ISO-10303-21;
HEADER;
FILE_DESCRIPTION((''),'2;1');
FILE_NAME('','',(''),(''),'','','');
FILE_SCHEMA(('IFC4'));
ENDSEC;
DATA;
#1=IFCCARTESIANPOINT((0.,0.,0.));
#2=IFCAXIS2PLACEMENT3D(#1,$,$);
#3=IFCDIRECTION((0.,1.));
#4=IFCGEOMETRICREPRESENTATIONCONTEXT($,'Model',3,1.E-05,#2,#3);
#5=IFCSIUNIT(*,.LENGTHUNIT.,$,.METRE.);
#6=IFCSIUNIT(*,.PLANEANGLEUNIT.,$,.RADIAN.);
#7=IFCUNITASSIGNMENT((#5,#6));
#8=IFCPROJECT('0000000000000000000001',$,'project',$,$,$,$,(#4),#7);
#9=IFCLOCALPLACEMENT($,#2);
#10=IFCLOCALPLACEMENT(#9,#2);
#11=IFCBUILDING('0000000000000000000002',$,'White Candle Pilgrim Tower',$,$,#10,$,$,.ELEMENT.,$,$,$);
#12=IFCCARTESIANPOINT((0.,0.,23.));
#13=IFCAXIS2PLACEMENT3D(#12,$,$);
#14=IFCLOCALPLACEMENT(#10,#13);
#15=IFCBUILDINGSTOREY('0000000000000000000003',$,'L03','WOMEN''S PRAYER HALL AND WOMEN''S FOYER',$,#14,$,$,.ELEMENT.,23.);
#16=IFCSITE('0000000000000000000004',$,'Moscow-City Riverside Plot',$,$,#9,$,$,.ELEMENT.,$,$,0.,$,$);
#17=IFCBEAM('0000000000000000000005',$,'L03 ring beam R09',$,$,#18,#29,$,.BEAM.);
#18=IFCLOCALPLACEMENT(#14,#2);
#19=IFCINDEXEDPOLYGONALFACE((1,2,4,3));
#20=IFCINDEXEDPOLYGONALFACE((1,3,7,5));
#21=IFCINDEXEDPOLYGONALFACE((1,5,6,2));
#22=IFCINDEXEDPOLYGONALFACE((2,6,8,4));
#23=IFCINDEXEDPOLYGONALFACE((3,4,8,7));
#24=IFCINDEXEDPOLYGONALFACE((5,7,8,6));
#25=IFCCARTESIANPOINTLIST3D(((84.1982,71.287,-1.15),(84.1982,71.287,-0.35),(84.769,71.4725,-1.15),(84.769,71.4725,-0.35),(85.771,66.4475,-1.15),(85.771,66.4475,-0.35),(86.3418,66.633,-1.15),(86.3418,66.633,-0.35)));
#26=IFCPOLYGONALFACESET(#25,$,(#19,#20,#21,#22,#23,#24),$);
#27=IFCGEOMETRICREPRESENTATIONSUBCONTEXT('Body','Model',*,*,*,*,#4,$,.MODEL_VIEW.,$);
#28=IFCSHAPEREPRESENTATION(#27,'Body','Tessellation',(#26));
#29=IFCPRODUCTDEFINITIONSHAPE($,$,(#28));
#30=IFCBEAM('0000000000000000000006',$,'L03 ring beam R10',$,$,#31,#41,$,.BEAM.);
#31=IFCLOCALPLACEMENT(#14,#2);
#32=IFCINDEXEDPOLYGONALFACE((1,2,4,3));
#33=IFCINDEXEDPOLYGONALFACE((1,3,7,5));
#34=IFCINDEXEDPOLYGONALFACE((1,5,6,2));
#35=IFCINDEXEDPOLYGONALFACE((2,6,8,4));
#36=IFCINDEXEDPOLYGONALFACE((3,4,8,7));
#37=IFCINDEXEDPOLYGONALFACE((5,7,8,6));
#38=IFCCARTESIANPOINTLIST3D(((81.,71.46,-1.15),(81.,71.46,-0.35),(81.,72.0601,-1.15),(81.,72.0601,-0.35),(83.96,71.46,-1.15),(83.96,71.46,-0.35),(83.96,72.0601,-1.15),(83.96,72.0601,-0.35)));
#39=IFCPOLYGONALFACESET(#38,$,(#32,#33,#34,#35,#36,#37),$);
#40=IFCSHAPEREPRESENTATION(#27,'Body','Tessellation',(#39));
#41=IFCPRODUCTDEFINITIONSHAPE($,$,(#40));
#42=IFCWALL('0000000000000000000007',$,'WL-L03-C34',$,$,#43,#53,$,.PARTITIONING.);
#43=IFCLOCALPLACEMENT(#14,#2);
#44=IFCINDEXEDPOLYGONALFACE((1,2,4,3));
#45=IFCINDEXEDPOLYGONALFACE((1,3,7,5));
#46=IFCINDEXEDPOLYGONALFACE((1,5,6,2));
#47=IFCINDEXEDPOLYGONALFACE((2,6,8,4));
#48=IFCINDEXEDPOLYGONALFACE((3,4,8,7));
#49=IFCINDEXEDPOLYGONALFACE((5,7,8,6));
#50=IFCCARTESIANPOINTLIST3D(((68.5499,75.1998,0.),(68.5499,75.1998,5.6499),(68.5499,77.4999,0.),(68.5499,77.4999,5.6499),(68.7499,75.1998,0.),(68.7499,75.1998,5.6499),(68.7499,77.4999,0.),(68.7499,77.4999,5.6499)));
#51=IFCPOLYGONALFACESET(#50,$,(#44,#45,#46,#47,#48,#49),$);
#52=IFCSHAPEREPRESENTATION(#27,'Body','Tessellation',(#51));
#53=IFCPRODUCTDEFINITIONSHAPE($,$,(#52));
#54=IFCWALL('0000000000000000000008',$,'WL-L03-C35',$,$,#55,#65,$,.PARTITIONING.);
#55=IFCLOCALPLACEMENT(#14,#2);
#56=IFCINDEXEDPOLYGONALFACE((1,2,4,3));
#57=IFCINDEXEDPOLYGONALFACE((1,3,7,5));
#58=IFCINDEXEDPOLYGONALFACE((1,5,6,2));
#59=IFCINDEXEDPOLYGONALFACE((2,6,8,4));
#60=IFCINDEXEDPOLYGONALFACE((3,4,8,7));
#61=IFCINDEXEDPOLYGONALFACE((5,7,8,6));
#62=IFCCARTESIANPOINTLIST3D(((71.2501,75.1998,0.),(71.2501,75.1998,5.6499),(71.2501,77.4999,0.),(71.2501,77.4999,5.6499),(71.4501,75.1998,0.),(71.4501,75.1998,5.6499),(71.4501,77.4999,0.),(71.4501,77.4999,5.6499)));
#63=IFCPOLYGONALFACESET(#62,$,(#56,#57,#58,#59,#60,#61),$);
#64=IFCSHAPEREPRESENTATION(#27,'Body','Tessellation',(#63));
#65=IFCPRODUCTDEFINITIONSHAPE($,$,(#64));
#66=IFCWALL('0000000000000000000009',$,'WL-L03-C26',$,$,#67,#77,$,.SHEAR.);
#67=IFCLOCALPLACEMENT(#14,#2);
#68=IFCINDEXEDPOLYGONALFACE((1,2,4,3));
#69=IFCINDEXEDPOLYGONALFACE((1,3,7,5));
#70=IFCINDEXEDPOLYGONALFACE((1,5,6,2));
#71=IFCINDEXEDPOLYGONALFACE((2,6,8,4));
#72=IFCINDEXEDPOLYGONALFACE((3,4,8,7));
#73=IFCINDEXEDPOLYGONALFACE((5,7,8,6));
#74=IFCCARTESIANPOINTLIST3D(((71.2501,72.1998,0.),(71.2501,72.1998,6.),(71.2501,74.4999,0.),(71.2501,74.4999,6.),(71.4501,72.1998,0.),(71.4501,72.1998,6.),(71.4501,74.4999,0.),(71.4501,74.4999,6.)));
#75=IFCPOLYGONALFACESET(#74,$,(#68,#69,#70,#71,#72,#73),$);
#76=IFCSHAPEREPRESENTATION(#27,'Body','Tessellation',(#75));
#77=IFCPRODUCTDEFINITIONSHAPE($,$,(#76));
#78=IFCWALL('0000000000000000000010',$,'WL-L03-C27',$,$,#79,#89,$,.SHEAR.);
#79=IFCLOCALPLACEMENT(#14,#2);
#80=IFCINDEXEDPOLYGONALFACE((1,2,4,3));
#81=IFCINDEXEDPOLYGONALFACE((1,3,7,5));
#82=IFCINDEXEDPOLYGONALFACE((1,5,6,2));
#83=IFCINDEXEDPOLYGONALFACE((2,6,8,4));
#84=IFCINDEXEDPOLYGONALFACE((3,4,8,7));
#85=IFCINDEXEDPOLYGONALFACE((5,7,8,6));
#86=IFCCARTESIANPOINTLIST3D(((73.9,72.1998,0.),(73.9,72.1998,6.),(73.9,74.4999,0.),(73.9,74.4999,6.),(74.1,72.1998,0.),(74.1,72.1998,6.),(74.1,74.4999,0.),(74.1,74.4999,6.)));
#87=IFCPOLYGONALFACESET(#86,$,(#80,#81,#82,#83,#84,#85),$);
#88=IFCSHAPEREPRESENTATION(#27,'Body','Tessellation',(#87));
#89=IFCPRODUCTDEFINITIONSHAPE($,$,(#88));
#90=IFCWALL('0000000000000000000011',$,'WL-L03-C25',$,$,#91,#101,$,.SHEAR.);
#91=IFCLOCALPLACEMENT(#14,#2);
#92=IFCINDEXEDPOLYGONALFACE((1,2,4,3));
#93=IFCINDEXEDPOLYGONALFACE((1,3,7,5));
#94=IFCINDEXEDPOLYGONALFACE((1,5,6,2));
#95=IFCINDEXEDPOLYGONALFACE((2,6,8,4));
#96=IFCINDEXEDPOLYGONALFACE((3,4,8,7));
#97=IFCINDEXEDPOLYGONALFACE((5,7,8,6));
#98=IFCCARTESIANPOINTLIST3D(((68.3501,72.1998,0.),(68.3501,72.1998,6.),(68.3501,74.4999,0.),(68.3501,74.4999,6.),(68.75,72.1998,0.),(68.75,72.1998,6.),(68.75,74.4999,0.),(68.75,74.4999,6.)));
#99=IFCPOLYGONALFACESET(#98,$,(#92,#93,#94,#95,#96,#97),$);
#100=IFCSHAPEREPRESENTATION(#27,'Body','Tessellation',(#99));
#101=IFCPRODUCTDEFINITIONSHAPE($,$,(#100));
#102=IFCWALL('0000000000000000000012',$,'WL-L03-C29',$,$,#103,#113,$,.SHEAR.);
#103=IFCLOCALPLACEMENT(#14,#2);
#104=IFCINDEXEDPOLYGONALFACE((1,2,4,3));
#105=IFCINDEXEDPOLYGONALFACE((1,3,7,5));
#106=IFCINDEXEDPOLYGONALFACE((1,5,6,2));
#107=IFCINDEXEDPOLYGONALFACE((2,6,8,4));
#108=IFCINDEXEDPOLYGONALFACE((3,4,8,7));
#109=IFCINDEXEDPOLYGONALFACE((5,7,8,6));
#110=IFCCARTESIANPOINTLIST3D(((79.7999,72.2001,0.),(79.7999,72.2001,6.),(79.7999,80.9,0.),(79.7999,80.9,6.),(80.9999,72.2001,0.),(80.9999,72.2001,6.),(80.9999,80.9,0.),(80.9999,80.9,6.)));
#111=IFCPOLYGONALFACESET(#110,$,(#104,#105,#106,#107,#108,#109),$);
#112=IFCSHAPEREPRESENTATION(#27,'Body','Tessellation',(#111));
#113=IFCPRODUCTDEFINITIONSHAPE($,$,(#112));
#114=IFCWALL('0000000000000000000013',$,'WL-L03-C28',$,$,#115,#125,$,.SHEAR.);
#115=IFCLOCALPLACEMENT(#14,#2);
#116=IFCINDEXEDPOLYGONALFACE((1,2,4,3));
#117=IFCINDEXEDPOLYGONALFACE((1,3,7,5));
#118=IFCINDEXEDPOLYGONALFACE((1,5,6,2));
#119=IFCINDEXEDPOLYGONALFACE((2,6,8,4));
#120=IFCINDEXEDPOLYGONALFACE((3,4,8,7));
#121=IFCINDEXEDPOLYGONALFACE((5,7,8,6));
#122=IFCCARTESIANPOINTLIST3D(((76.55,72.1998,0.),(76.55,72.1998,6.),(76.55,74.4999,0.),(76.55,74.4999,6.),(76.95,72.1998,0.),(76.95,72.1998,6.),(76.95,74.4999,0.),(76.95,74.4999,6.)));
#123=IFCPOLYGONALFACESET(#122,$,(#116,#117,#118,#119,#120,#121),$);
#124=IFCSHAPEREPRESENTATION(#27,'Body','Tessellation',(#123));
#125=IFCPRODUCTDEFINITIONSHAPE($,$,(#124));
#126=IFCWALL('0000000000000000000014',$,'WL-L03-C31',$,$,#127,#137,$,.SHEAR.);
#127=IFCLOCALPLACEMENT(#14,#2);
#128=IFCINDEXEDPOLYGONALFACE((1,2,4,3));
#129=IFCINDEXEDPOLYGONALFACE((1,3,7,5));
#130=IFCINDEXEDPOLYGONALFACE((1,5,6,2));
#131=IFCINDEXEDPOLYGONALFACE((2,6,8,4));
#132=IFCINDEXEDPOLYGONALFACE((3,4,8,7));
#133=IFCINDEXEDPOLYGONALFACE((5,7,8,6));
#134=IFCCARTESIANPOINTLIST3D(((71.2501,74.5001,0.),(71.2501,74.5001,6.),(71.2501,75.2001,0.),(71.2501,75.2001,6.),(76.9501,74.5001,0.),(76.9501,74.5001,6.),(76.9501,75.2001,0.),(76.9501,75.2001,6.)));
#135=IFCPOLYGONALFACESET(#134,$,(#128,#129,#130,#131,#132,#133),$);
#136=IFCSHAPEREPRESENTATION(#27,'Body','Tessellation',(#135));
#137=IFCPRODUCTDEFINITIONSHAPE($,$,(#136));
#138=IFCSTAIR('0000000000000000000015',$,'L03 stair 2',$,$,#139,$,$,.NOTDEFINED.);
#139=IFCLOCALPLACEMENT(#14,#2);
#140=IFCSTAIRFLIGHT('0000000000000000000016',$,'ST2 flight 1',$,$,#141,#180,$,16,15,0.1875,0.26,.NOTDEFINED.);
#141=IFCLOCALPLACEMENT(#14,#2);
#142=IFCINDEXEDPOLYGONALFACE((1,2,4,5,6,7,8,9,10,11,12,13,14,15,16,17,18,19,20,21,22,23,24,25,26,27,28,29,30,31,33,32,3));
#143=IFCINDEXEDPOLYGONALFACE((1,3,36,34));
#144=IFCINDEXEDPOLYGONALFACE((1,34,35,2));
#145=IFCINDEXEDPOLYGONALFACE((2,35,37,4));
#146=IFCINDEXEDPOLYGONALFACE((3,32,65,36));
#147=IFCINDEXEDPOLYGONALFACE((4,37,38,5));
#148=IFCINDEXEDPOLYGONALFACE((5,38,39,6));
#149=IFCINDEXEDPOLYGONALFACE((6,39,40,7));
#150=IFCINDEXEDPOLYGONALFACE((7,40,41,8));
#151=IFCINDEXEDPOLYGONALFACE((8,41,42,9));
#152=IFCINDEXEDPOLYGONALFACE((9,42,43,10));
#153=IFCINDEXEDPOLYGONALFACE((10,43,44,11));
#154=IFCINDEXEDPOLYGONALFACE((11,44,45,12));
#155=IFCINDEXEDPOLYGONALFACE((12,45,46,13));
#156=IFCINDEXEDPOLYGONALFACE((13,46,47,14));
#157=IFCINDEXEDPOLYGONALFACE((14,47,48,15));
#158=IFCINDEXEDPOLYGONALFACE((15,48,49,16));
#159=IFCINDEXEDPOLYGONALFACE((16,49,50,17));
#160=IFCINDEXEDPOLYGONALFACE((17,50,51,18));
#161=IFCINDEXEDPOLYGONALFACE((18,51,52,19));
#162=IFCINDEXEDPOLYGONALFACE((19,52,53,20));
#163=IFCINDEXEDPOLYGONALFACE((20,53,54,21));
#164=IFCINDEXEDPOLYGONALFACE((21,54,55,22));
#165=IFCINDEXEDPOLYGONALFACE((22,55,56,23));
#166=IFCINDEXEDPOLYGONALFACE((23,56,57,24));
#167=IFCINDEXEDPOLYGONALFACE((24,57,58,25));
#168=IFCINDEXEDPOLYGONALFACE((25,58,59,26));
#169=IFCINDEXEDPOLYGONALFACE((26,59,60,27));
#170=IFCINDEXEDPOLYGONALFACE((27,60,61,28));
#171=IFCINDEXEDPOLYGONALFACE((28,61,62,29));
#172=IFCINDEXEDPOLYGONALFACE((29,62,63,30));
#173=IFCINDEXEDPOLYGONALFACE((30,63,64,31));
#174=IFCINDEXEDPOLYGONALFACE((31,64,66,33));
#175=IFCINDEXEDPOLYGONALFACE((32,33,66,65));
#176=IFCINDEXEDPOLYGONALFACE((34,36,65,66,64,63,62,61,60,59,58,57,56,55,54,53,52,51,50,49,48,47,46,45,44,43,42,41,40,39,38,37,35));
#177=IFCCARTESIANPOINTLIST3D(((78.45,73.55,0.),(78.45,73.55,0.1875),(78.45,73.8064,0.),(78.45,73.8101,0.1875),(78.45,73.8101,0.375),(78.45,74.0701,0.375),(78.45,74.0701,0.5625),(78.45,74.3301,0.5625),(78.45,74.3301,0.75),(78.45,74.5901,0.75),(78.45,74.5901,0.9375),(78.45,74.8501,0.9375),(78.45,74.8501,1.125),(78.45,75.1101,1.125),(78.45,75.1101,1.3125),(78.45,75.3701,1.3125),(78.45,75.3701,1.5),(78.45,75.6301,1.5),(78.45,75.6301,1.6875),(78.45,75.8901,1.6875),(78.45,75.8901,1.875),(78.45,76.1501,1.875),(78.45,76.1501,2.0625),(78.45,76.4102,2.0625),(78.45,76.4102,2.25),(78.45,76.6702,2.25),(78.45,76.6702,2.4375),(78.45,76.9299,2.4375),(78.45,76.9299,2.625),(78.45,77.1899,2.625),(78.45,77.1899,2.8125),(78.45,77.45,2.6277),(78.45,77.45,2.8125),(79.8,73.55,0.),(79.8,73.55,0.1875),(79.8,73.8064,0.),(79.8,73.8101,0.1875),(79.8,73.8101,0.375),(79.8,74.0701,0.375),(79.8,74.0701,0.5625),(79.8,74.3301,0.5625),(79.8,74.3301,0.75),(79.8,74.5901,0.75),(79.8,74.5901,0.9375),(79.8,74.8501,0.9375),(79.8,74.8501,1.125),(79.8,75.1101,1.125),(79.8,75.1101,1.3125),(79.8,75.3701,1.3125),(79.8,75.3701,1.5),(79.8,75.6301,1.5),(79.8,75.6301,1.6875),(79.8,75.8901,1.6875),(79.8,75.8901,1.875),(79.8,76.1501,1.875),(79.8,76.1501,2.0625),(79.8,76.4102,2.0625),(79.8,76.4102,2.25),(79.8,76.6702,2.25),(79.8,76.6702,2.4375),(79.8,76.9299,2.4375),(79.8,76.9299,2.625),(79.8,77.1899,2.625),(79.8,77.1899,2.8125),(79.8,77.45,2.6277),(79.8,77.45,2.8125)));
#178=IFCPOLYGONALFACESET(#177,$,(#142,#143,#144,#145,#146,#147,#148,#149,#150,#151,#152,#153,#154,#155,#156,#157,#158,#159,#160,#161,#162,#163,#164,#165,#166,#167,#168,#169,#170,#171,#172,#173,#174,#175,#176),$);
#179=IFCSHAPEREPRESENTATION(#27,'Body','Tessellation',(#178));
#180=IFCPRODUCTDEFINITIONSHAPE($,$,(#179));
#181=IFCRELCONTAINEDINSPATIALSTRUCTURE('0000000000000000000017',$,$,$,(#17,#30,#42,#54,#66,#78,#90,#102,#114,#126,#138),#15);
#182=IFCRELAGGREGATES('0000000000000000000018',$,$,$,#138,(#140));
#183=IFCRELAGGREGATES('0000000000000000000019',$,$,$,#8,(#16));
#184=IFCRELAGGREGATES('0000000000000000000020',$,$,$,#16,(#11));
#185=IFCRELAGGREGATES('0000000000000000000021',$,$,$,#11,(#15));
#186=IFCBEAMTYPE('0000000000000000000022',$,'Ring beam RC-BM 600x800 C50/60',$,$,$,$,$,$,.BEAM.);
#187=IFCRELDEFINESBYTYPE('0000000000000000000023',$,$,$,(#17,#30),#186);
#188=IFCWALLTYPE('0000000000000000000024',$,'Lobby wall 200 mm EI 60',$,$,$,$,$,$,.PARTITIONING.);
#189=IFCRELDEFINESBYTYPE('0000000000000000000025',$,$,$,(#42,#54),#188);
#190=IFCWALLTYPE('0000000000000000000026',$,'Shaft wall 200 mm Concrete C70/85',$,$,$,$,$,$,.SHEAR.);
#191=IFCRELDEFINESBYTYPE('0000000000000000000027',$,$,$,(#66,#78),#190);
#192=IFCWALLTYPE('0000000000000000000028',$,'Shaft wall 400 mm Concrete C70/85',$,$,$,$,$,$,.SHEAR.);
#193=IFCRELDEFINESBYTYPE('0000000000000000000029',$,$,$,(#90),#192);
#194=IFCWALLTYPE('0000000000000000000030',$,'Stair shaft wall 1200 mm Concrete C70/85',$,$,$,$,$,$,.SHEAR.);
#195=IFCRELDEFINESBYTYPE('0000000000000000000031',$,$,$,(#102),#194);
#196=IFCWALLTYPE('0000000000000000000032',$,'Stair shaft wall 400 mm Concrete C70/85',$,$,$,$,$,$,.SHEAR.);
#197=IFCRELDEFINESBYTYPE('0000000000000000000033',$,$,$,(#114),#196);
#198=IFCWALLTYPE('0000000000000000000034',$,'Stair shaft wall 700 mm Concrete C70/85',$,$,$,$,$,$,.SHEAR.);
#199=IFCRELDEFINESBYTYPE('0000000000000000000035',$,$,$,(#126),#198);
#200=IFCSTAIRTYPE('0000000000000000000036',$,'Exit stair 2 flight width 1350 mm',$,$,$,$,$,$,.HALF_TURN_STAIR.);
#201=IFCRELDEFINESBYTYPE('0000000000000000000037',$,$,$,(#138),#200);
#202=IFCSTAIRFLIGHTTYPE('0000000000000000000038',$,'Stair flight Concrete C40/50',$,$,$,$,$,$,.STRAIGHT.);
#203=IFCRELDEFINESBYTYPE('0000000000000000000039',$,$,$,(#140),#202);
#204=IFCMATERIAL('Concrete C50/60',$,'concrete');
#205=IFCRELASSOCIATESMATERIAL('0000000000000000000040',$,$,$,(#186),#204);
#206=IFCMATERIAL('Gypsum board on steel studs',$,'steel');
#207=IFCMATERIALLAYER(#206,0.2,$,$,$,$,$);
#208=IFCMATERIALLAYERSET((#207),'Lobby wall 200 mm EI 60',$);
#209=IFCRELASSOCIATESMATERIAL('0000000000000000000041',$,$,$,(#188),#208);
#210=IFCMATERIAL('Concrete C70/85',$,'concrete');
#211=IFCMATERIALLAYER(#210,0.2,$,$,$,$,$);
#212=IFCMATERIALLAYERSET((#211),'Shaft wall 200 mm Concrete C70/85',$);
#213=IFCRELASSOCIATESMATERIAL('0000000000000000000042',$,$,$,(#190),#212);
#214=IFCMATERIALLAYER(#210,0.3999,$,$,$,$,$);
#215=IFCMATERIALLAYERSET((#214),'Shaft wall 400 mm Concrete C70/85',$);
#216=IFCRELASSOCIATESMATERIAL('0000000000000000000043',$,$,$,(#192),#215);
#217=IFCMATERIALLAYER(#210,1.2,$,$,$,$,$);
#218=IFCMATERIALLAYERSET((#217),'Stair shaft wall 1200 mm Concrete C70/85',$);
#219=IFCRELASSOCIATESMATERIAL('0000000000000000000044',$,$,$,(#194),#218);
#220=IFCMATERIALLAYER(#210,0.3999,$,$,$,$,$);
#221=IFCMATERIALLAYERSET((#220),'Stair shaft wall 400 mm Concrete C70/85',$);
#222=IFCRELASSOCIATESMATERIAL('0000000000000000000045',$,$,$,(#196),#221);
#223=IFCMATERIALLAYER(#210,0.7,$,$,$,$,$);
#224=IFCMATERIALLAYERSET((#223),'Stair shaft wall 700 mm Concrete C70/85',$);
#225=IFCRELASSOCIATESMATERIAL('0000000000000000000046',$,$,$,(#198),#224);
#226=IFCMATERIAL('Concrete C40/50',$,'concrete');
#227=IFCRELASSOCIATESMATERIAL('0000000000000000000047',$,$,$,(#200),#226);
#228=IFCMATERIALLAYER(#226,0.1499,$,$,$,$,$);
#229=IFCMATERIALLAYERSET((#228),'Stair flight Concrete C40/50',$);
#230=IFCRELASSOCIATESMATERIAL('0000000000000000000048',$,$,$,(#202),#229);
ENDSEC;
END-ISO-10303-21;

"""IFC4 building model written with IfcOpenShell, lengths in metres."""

from ifc_helpers import new_model, si_unit, direction, frame, frame_2d, origin, origin_2d, place, context, subcontext, project, spatial, polyline, rectangle, outline, extrude, material, layer, layer_set, material_profile, profile_set, type_object, element, aggregate, save


model = new_model("IFC4")

# Units and contexts
model_context = context("Model", 3, precision=1e-05, world=origin(), true_north=direction((0.0, 1.0)))
body_context = subcontext(model_context, "Body", "Model", "MODEL_VIEW")
ifc_project = project(units=[si_unit("LENGTHUNIT", "METRE"), si_unit("PLANEANGLEUNIT", "RADIAN")], contexts=[model_context])

# Site, building, storey
site_placement = place(None, origin())
site = spatial("IfcSite", under=ifc_project, at=site_placement, Name="Moscow-City Riverside Plot", CompositionType="ELEMENT", RefElevation=0.0)
building_placement = place(site_placement, origin())
building = spatial("IfcBuilding", under=site, at=building_placement, Name="White Candle Pilgrim Tower", CompositionType="ELEMENT")
storey_placement = place(building_placement, frame((0.0, 0.0, 23.0)))
storey = spatial("IfcBuildingStorey", under=building, at=storey_placement, Name="L03", Description="WOMEN'S PRAYER HALL AND WOMEN'S FOYER", CompositionType="ELEMENT", Elevation=23.0)

# Beams
ifc_material_1 = material(Name="Concrete C50/60", Category="concrete")
ifc_material_profile_1 = material_profile(ifc_material_1, rectangle(XDim=0.6001, YDim=0.8, at=origin_2d()), Name="RC-BM 600x800")
ifc_profile_set_1 = profile_set([ifc_material_profile_1], Name="Concrete C50/60")
beam_type = type_object("IfcBeamType", Name="Ring beam RC-BM 600x800 C50/60", PredefinedType="BEAM", material=ifc_profile_set_1)
beam_1_placement = place(storey_placement, frame((86.0564, 66.5403, -0.75), z_axis=(-0.30908, 0.951036, 0.0), x_axis=(-0.951036, -0.30908, 0.0)))
element("IfcBeam", 1, at=beam_1_placement, inside=storey, type_object=beam_type, Name="L03 ring beam R09", PredefinedType="BEAM", context=body_context, shape_type="SweptSolid", body=[
    extrude(rectangle(XDim=0.6001, YDim=0.8, at=origin_2d()), origin(), (0.0, 0.0, 1.0), 5.0886),
])
beam_2_placement = place(storey_placement, frame((83.96, 71.76, -0.75), z_axis=(-1.0, 0.0, 0.0), x_axis=(0.0, -1.0, 0.0)))
element("IfcBeam", 2, at=beam_2_placement, inside=storey, type_object=beam_type, Name="L03 ring beam R10", PredefinedType="BEAM", context=body_context, shape_type="SweptSolid", body=[
    extrude(rectangle(XDim=0.6001, YDim=0.8, at=origin_2d()), origin(), (0.0, 0.0, 1.0), 2.96),
])

# Walls
ifc_material_2 = material(Name="Gypsum board on steel studs", Category="steel")
ifc_layer_1 = layer(ifc_material_2, 0.2)
ifc_layer_set_1 = layer_set([ifc_layer_1], Name="Lobby wall 200 mm EI 60")
wall_type_1 = type_object("IfcWallType", Name="Lobby wall 200 mm EI 60", PredefinedType="PARTITIONING", material=ifc_layer_set_1)
for number, where, z_axis, x_axis, name in (
    (3, (68.6499, 75.2, 0.0), (0.0, 0.0, 1.0), (0.0, 1.0, 0.0), "WL-L03-C34"),
    (4, (71.3501, 75.2, 0.0), (0.0, 0.0, 1.0), (0.0, 1.0, 0.0), "WL-L03-C35"),
):
    element("IfcWall", number, at=place(storey_placement, frame(where, z_axis=z_axis, x_axis=x_axis)), inside=storey, type_object=wall_type_1, Name=name, PredefinedType="PARTITIONING", context=body_context, shape_type="SweptSolid", body=[
        extrude(rectangle(XDim=2.3, YDim=0.2, at=frame_2d((1.1499, 0.0))), origin(), (0.0, 0.0, 1.0), 5.6499),
    ])
ifc_material_3 = material(Name="Concrete C70/85", Category="concrete")
ifc_layer_2 = layer(ifc_material_3, 0.2)
ifc_layer_set_2 = layer_set([ifc_layer_2], Name="Shaft wall 200 mm Concrete C70/85")
wall_type_2 = type_object("IfcWallType", Name="Shaft wall 200 mm Concrete C70/85", PredefinedType="SHEAR", material=ifc_layer_set_2)
for number, where, z_axis, x_axis, name in (
    (5, (71.3501, 72.2, 0.0), (0.0, 0.0, 1.0), (0.0, 1.0, 0.0), "WL-L03-C26"),
    (6, (74.0, 72.2, 0.0), (0.0, 0.0, 1.0), (0.0, 1.0, 0.0), "WL-L03-C27"),
):
    element("IfcWall", number, at=place(storey_placement, frame(where, z_axis=z_axis, x_axis=x_axis)), inside=storey, type_object=wall_type_2, Name=name, PredefinedType="SHEAR", context=body_context, shape_type="SweptSolid", body=[
        extrude(rectangle(XDim=2.3, YDim=0.2, at=frame_2d((1.1499, 0.0))), origin(), (0.0, 0.0, 1.0), 6.0),
    ])
ifc_layer_3 = layer(ifc_material_3, 0.3999)
ifc_layer_set_3 = layer_set([ifc_layer_3], Name="Shaft wall 400 mm Concrete C70/85")
wall_type_3 = type_object("IfcWallType", Name="Shaft wall 400 mm Concrete C70/85", PredefinedType="SHEAR", material=ifc_layer_set_3)
wall_1_placement = place(storey_placement, frame((68.55, 72.2, 0.0), z_axis=(0.0, 0.0, 1.0), x_axis=(0.0, 1.0, 0.0)))
element("IfcWall", 7, at=wall_1_placement, inside=storey, type_object=wall_type_3, Name="WL-L03-C25", PredefinedType="SHEAR", context=body_context, shape_type="SweptSolid", body=[
    extrude(rectangle(XDim=2.3, YDim=0.3999, at=frame_2d((1.1499, 0.0))), origin(), (0.0, 0.0, 1.0), 6.0),
])
ifc_layer_4 = layer(ifc_material_3, 1.2)
ifc_layer_set_4 = layer_set([ifc_layer_4], Name="Stair shaft wall 1200 mm Concrete C70/85")
wall_type_4 = type_object("IfcWallType", Name="Stair shaft wall 1200 mm Concrete C70/85", PredefinedType="SHEAR", material=ifc_layer_set_4)
wall_2_placement = place(storey_placement, frame((80.3999, 72.2, 0.0), z_axis=(0.0, 0.0, 1.0), x_axis=(0.0, 1.0, 0.0)))
element("IfcWall", 8, at=wall_2_placement, inside=storey, type_object=wall_type_4, Name="WL-L03-C29", PredefinedType="SHEAR", context=body_context, shape_type="SweptSolid", body=[
    extrude(rectangle(XDim=8.7, YDim=1.2, at=frame_2d((4.3501, 0.0))), origin(), (0.0, 0.0, 1.0), 6.0),
])
ifc_layer_5 = layer(ifc_material_3, 0.3999)
ifc_layer_set_5 = layer_set([ifc_layer_5], Name="Stair shaft wall 400 mm Concrete C70/85")
wall_type_5 = type_object("IfcWallType", Name="Stair shaft wall 400 mm Concrete C70/85", PredefinedType="SHEAR", material=ifc_layer_set_5)
wall_3_placement = place(storey_placement, frame((76.75, 72.2, 0.0), z_axis=(0.0, 0.0, 1.0), x_axis=(0.0, 1.0, 0.0)))
element("IfcWall", 9, at=wall_3_placement, inside=storey, type_object=wall_type_5, Name="WL-L03-C28", PredefinedType="SHEAR", context=body_context, shape_type="SweptSolid", body=[
    extrude(rectangle(XDim=2.3, YDim=0.3999, at=frame_2d((1.1499, 0.0))), origin(), (0.0, 0.0, 1.0), 6.0),
])
ifc_layer_6 = layer(ifc_material_3, 0.7)
ifc_layer_set_6 = layer_set([ifc_layer_6], Name="Stair shaft wall 700 mm Concrete C70/85")
wall_type_6 = type_object("IfcWallType", Name="Stair shaft wall 700 mm Concrete C70/85", PredefinedType="SHEAR", material=ifc_layer_set_6)
wall_4_placement = place(storey_placement, frame((71.25, 74.8501, 0.0), z_axis=(0.0, 0.0, 1.0), x_axis=(1.0, 0.0, 0.0)))
element("IfcWall", 10, at=wall_4_placement, inside=storey, type_object=wall_type_6, Name="WL-L03-C31", PredefinedType="SHEAR", context=body_context, shape_type="SweptSolid", body=[
    extrude(rectangle(XDim=5.7, YDim=0.7, at=frame_2d((2.8501, 0.0))), origin(), (0.0, 0.0, 1.0), 6.0),
])

# Stair, stair flight
ifc_material_4 = material(Name="Concrete C40/50", Category="concrete")
stair_type = type_object("IfcStairType", Name="Exit stair 2 flight width 1350 mm", PredefinedType="HALF_TURN_STAIR", material=ifc_material_4)
stair_placement = place(storey_placement, origin())
stair = element("IfcStair", 11, at=stair_placement, inside=storey, type_object=stair_type, Name="L03 stair 2", PredefinedType="NOTDEFINED")
ifc_layer_7 = layer(ifc_material_4, 0.1499)
ifc_layer_set_7 = layer_set([ifc_layer_7], Name="Stair flight Concrete C40/50")
stair_flight_type = type_object("IfcStairFlightType", Name="Stair flight Concrete C40/50", PredefinedType="STRAIGHT", material=ifc_layer_set_7)
stair_flight_placement = place(storey_placement, frame((79.125, 73.55, 0.0), z_axis=(0.0, 0.0, 1.0), x_axis=(0.0, 1.0, 0.0)))
stair_flight = element("IfcStairFlight", 12, at=stair_flight_placement, type_object=stair_flight_type, Name="ST2 flight 1", NumberOfRisers=16, NumberOfTreads=15, PredefinedType="NOTDEFINED", RiserHeight=0.1875, TreadLength=0.26, context=body_context, shape_type="SweptSolid", body=[
    extrude(outline(polyline([(0.0, 0.0), (0.0, 0.1875), (0.26, 0.1875), (0.26, 0.375), (0.52, 0.375), (0.52, 0.5625), (0.78, 0.5625), (0.78, 0.75), (1.04, 0.75), (1.04, 0.9375), (1.3, 0.9375), (1.3, 1.125), (1.5601, 1.125), (1.5601, 1.3125), (1.8201, 1.3125), (1.8201, 1.5), (2.0801, 1.5), (2.0801, 1.6875), (2.3401, 1.6875), (2.3401, 1.875), (2.6001, 1.875), (2.6001, 2.0625), (2.8601, 2.0625), (2.8601, 2.25), (3.1201, 2.25), (3.1201, 2.4375), (3.3799, 2.4375), (3.3799, 2.625), (3.6399, 2.625), (3.6399, 2.8125), (3.8999, 2.8125), (3.8999, 3.0), (3.8999, 2.6277), (0.2563, 0.0), (0.0, 0.0)])), frame((0.0, 0.675, 0.0), z_axis=(0.0, -1.0, 0.0), x_axis=(1.0, 0.0, 0.0)), (0.0, 0.0, 1.0), 1.3501),
])
aggregate(stair, [stair_flight])

save(model, "model.ifc")
